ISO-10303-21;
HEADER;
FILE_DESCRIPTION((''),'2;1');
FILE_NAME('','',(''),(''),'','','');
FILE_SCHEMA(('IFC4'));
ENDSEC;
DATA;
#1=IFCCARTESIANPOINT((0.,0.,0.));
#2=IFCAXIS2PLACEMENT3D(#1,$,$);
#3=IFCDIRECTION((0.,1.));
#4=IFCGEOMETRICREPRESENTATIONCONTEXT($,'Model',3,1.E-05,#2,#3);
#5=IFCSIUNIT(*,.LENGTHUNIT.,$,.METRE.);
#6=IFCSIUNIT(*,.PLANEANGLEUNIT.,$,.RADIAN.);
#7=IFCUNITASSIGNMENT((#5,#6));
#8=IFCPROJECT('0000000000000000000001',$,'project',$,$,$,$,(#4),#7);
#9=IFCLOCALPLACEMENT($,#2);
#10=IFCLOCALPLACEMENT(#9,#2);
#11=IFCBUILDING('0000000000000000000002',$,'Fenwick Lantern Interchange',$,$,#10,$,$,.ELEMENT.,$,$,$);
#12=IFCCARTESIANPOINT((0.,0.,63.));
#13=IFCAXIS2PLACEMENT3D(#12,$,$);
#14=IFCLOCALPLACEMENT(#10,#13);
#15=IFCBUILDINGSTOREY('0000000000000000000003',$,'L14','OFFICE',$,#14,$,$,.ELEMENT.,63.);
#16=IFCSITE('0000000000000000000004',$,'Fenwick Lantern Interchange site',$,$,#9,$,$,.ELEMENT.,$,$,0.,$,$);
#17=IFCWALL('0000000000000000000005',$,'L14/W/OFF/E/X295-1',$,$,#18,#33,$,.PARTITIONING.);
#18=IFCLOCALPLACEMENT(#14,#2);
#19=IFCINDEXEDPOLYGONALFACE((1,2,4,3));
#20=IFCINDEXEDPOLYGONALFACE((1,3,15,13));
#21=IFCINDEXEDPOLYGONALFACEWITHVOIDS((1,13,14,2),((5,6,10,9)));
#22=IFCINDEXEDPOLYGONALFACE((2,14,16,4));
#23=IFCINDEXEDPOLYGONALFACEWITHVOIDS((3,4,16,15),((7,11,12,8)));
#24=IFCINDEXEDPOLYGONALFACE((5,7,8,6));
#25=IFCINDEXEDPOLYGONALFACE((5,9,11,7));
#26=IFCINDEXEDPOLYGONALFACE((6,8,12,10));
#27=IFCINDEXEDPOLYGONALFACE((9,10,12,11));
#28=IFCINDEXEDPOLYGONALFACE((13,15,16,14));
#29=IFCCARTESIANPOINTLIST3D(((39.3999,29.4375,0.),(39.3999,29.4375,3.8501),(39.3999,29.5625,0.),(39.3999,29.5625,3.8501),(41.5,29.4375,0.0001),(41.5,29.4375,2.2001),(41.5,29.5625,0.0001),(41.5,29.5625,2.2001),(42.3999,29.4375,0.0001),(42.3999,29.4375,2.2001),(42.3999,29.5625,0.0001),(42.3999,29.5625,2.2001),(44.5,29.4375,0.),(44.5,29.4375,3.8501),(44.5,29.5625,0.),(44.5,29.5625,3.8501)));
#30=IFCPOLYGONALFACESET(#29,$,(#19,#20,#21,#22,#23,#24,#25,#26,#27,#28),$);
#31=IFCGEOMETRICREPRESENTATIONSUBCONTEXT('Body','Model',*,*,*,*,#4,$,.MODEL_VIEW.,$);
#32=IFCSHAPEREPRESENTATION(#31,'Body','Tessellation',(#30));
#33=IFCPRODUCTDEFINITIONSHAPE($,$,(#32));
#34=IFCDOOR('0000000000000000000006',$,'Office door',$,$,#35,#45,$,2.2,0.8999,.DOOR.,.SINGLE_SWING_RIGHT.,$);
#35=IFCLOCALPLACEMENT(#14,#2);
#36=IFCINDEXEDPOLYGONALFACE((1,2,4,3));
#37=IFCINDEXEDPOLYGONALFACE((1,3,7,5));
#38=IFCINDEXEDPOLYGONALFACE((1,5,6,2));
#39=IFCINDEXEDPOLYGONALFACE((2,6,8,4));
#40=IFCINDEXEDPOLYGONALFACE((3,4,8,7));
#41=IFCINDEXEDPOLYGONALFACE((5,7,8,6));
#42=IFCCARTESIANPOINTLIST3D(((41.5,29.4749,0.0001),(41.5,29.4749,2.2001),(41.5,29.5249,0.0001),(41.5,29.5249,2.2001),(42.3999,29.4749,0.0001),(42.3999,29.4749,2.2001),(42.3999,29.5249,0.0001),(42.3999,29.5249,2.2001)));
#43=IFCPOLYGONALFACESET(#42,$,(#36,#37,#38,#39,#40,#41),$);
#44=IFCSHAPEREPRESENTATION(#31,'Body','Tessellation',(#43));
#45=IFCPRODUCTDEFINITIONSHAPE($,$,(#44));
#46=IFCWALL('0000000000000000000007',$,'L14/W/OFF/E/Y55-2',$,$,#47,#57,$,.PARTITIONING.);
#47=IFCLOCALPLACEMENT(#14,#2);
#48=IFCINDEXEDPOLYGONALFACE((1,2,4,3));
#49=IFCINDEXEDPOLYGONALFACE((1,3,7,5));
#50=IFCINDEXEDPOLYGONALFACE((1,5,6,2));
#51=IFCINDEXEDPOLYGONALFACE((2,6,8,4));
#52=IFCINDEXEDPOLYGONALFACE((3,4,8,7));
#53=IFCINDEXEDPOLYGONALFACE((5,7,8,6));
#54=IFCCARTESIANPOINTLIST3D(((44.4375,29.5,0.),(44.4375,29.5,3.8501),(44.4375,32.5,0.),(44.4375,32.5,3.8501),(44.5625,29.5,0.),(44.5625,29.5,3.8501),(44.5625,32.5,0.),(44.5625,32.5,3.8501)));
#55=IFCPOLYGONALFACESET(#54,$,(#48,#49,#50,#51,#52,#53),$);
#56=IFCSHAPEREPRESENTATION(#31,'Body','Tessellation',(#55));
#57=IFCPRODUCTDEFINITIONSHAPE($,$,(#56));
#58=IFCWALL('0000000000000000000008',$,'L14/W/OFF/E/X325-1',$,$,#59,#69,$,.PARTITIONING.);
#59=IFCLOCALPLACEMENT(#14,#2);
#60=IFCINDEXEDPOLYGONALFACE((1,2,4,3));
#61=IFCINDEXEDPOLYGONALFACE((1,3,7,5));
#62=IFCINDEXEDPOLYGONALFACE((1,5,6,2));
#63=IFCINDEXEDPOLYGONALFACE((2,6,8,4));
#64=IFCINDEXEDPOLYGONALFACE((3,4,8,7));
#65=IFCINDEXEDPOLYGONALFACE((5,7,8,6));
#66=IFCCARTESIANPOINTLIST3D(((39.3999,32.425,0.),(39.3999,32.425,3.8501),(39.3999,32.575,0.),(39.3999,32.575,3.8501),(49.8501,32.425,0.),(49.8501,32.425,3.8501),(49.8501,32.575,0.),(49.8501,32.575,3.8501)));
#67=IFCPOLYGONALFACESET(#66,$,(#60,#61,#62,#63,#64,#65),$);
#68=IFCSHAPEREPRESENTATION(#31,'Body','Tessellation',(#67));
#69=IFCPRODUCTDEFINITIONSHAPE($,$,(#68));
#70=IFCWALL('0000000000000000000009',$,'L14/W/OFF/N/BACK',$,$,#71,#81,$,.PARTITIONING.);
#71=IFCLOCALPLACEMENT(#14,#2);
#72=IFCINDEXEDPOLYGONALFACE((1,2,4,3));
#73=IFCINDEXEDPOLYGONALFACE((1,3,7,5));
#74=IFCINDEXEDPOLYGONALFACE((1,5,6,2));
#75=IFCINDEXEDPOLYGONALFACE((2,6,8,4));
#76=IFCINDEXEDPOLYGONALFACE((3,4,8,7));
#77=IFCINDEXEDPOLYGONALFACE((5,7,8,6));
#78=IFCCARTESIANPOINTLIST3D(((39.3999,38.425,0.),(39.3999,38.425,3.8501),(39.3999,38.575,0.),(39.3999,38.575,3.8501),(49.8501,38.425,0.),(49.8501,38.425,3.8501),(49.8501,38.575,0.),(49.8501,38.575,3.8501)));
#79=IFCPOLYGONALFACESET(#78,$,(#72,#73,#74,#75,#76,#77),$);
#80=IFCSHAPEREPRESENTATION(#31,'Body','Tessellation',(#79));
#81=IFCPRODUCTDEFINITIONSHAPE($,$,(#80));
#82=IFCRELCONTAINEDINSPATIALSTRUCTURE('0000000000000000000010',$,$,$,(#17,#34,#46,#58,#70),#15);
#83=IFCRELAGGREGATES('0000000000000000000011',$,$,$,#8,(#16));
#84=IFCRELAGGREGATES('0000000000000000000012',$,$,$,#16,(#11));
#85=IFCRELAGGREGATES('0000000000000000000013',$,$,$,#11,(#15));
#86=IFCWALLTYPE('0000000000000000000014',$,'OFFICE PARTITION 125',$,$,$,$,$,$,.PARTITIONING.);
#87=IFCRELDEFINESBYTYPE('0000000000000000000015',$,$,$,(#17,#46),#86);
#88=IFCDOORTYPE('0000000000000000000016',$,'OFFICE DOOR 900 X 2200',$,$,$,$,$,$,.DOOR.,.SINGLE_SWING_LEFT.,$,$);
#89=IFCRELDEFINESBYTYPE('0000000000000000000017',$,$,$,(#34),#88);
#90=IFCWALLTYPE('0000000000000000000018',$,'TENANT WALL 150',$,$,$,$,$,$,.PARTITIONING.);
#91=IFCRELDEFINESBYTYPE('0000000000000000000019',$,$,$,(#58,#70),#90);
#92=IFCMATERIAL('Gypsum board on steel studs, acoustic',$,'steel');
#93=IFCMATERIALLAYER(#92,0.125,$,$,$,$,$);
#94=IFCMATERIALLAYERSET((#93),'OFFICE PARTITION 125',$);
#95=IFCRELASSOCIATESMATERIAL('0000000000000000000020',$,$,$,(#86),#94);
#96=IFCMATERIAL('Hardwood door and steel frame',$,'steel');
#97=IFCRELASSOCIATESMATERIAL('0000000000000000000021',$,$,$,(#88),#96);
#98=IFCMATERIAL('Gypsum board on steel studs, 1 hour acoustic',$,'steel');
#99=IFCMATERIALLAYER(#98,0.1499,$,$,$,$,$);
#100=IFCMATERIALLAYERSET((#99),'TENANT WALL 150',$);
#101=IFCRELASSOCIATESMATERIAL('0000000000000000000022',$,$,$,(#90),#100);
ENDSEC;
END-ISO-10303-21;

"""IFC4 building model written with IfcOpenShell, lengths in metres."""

from ifc_helpers import new_model, si_unit, direction, frame, frame_2d, origin, place, context, subcontext, project, spatial, rectangle, extrude, material, layer, layer_set, type_object, element, fill, save


model = new_model("IFC4")

# Units and contexts
model_context = context("Model", 3, precision=1e-05, world=origin(), true_north=direction((0.0, 1.0)))
body_context = subcontext(model_context, "Body", "Model", "MODEL_VIEW")
ifc_project = project(units=[si_unit("LENGTHUNIT", "METRE"), si_unit("PLANEANGLEUNIT", "RADIAN")], contexts=[model_context])

# Site, building, storey
site_placement = place(None, origin())
site = spatial("IfcSite", under=ifc_project, at=site_placement, Name="Fenwick Lantern Interchange site", CompositionType="ELEMENT", RefElevation=0.0)
building_placement = place(site_placement, origin())
building = spatial("IfcBuilding", under=site, at=building_placement, Name="Fenwick Lantern Interchange", CompositionType="ELEMENT")
storey_placement = place(building_placement, frame((0.0, 0.0, 63.0)))
storey = spatial("IfcBuildingStorey", under=building, at=storey_placement, Name="L14", Description="OFFICE", CompositionType="ELEMENT", Elevation=63.0)

# Wall, opening, door
ifc_material_1 = material(Name="Gypsum board on steel studs, acoustic", Category="steel")
ifc_layer_1 = layer(ifc_material_1, 0.125)
ifc_layer_set_1 = layer_set([ifc_layer_1], Name="OFFICE PARTITION 125")
wall_type_1 = type_object("IfcWallType", Name="OFFICE PARTITION 125", PredefinedType="PARTITIONING", material=ifc_layer_set_1)
wall_1_placement = place(storey_placement, frame((44.5, 29.5, 0.0), z_axis=(0.0, 0.0, 1.0), x_axis=(-1.0, 0.0, 0.0)))
wall_1 = element("IfcWall", 1, at=wall_1_placement, inside=storey, type_object=wall_type_1, Name="L14/W/OFF/E/X295-1", PredefinedType="PARTITIONING", context=body_context, shape_type="SweptSolid", body=[
    extrude(rectangle(XDim=5.1001, YDim=0.125, at=frame_2d((2.55, 0.0))), origin(), (0.0, 0.0, 1.0), 3.8501),
])
opening_placement = place(wall_1_placement, frame((2.1001, 0.0, 0.0)))
opening = element("IfcOpeningElement", 2, at=opening_placement, cuts=wall_1, PredefinedType="OPENING", context=body_context, shape_type="SweptSolid", body=[
    extrude(rectangle(XDim=0.8999, YDim=2.2, at=frame_2d((0.45, 1.1001))), frame((0.0, 0.0725, 0.0), z_axis=(0.0, -1.0, 0.0), x_axis=(1.0, 0.0, 0.0)), (0.0, 0.0, 1.0), 0.145),
])
ifc_material_2 = material(Name="Hardwood door and steel frame", Category="steel")
door_type = type_object("IfcDoorType", Name="OFFICE DOOR 900 X 2200", OperationType="SINGLE_SWING_LEFT", PredefinedType="DOOR", material=ifc_material_2)
door_placement = place(opening_placement, frame((0.8999, 0.0, 0.0), z_axis=(0.0, 0.0, 1.0), x_axis=(-1.0, 0.0, 0.0)))
door = element("IfcDoor", 3, at=door_placement, inside=storey, type_object=door_type, Name="Office door", OperationType="SINGLE_SWING_RIGHT", OverallHeight=2.2, OverallWidth=0.8999, PredefinedType="DOOR", context=body_context, shape_type="SweptSolid", body=[
    extrude(rectangle(XDim=0.8999, YDim=2.2, at=frame_2d((0.45, 1.1001))), frame((0.0, 0.0249, 0.0), z_axis=(0.0, -1.0, 0.0), x_axis=(1.0, 0.0, 0.0)), (0.0, 0.0, 1.0), 0.05),
])
fill(opening, door)

# Walls
wall_2_placement = place(storey_placement, frame((44.5, 29.5, 0.0), z_axis=(0.0, 0.0, 1.0), x_axis=(0.0, 1.0, 0.0)))
element("IfcWall", 4, at=wall_2_placement, inside=storey, type_object=wall_type_1, Name="L14/W/OFF/E/Y55-2", PredefinedType="PARTITIONING", context=body_context, shape_type="SweptSolid", body=[
    extrude(rectangle(XDim=3.0, YDim=0.125, at=frame_2d((1.5, 0.0))), origin(), (0.0, 0.0, 1.0), 3.8501),
])
ifc_material_3 = material(Name="Gypsum board on steel studs, 1 hour acoustic", Category="steel")
ifc_layer_2 = layer(ifc_material_3, 0.1499)
ifc_layer_set_2 = layer_set([ifc_layer_2], Name="TENANT WALL 150")
wall_type_2 = type_object("IfcWallType", Name="TENANT WALL 150", PredefinedType="PARTITIONING", material=ifc_layer_set_2)
for number, where, z_axis, x_axis, name in (
    (5, (49.8501, 32.5, 0.0), (0.0, 0.0, 1.0), (-1.0, 0.0, 0.0), "L14/W/OFF/E/X325-1"),
    (6, (49.8501, 38.5, 0.0), (0.0, 0.0, 1.0), (-1.0, 0.0, 0.0), "L14/W/OFF/N/BACK"),
):
    element("IfcWall", number, at=place(storey_placement, frame(where, z_axis=z_axis, x_axis=x_axis)), inside=storey, type_object=wall_type_2, Name=name, PredefinedType="PARTITIONING", context=body_context, shape_type="SweptSolid", body=[
        extrude(rectangle(XDim=10.4502, YDim=0.1499, at=frame_2d((5.2251, 0.0))), origin(), (0.0, 0.0, 1.0), 3.8501),
    ])

save(model, "model.ifc")
